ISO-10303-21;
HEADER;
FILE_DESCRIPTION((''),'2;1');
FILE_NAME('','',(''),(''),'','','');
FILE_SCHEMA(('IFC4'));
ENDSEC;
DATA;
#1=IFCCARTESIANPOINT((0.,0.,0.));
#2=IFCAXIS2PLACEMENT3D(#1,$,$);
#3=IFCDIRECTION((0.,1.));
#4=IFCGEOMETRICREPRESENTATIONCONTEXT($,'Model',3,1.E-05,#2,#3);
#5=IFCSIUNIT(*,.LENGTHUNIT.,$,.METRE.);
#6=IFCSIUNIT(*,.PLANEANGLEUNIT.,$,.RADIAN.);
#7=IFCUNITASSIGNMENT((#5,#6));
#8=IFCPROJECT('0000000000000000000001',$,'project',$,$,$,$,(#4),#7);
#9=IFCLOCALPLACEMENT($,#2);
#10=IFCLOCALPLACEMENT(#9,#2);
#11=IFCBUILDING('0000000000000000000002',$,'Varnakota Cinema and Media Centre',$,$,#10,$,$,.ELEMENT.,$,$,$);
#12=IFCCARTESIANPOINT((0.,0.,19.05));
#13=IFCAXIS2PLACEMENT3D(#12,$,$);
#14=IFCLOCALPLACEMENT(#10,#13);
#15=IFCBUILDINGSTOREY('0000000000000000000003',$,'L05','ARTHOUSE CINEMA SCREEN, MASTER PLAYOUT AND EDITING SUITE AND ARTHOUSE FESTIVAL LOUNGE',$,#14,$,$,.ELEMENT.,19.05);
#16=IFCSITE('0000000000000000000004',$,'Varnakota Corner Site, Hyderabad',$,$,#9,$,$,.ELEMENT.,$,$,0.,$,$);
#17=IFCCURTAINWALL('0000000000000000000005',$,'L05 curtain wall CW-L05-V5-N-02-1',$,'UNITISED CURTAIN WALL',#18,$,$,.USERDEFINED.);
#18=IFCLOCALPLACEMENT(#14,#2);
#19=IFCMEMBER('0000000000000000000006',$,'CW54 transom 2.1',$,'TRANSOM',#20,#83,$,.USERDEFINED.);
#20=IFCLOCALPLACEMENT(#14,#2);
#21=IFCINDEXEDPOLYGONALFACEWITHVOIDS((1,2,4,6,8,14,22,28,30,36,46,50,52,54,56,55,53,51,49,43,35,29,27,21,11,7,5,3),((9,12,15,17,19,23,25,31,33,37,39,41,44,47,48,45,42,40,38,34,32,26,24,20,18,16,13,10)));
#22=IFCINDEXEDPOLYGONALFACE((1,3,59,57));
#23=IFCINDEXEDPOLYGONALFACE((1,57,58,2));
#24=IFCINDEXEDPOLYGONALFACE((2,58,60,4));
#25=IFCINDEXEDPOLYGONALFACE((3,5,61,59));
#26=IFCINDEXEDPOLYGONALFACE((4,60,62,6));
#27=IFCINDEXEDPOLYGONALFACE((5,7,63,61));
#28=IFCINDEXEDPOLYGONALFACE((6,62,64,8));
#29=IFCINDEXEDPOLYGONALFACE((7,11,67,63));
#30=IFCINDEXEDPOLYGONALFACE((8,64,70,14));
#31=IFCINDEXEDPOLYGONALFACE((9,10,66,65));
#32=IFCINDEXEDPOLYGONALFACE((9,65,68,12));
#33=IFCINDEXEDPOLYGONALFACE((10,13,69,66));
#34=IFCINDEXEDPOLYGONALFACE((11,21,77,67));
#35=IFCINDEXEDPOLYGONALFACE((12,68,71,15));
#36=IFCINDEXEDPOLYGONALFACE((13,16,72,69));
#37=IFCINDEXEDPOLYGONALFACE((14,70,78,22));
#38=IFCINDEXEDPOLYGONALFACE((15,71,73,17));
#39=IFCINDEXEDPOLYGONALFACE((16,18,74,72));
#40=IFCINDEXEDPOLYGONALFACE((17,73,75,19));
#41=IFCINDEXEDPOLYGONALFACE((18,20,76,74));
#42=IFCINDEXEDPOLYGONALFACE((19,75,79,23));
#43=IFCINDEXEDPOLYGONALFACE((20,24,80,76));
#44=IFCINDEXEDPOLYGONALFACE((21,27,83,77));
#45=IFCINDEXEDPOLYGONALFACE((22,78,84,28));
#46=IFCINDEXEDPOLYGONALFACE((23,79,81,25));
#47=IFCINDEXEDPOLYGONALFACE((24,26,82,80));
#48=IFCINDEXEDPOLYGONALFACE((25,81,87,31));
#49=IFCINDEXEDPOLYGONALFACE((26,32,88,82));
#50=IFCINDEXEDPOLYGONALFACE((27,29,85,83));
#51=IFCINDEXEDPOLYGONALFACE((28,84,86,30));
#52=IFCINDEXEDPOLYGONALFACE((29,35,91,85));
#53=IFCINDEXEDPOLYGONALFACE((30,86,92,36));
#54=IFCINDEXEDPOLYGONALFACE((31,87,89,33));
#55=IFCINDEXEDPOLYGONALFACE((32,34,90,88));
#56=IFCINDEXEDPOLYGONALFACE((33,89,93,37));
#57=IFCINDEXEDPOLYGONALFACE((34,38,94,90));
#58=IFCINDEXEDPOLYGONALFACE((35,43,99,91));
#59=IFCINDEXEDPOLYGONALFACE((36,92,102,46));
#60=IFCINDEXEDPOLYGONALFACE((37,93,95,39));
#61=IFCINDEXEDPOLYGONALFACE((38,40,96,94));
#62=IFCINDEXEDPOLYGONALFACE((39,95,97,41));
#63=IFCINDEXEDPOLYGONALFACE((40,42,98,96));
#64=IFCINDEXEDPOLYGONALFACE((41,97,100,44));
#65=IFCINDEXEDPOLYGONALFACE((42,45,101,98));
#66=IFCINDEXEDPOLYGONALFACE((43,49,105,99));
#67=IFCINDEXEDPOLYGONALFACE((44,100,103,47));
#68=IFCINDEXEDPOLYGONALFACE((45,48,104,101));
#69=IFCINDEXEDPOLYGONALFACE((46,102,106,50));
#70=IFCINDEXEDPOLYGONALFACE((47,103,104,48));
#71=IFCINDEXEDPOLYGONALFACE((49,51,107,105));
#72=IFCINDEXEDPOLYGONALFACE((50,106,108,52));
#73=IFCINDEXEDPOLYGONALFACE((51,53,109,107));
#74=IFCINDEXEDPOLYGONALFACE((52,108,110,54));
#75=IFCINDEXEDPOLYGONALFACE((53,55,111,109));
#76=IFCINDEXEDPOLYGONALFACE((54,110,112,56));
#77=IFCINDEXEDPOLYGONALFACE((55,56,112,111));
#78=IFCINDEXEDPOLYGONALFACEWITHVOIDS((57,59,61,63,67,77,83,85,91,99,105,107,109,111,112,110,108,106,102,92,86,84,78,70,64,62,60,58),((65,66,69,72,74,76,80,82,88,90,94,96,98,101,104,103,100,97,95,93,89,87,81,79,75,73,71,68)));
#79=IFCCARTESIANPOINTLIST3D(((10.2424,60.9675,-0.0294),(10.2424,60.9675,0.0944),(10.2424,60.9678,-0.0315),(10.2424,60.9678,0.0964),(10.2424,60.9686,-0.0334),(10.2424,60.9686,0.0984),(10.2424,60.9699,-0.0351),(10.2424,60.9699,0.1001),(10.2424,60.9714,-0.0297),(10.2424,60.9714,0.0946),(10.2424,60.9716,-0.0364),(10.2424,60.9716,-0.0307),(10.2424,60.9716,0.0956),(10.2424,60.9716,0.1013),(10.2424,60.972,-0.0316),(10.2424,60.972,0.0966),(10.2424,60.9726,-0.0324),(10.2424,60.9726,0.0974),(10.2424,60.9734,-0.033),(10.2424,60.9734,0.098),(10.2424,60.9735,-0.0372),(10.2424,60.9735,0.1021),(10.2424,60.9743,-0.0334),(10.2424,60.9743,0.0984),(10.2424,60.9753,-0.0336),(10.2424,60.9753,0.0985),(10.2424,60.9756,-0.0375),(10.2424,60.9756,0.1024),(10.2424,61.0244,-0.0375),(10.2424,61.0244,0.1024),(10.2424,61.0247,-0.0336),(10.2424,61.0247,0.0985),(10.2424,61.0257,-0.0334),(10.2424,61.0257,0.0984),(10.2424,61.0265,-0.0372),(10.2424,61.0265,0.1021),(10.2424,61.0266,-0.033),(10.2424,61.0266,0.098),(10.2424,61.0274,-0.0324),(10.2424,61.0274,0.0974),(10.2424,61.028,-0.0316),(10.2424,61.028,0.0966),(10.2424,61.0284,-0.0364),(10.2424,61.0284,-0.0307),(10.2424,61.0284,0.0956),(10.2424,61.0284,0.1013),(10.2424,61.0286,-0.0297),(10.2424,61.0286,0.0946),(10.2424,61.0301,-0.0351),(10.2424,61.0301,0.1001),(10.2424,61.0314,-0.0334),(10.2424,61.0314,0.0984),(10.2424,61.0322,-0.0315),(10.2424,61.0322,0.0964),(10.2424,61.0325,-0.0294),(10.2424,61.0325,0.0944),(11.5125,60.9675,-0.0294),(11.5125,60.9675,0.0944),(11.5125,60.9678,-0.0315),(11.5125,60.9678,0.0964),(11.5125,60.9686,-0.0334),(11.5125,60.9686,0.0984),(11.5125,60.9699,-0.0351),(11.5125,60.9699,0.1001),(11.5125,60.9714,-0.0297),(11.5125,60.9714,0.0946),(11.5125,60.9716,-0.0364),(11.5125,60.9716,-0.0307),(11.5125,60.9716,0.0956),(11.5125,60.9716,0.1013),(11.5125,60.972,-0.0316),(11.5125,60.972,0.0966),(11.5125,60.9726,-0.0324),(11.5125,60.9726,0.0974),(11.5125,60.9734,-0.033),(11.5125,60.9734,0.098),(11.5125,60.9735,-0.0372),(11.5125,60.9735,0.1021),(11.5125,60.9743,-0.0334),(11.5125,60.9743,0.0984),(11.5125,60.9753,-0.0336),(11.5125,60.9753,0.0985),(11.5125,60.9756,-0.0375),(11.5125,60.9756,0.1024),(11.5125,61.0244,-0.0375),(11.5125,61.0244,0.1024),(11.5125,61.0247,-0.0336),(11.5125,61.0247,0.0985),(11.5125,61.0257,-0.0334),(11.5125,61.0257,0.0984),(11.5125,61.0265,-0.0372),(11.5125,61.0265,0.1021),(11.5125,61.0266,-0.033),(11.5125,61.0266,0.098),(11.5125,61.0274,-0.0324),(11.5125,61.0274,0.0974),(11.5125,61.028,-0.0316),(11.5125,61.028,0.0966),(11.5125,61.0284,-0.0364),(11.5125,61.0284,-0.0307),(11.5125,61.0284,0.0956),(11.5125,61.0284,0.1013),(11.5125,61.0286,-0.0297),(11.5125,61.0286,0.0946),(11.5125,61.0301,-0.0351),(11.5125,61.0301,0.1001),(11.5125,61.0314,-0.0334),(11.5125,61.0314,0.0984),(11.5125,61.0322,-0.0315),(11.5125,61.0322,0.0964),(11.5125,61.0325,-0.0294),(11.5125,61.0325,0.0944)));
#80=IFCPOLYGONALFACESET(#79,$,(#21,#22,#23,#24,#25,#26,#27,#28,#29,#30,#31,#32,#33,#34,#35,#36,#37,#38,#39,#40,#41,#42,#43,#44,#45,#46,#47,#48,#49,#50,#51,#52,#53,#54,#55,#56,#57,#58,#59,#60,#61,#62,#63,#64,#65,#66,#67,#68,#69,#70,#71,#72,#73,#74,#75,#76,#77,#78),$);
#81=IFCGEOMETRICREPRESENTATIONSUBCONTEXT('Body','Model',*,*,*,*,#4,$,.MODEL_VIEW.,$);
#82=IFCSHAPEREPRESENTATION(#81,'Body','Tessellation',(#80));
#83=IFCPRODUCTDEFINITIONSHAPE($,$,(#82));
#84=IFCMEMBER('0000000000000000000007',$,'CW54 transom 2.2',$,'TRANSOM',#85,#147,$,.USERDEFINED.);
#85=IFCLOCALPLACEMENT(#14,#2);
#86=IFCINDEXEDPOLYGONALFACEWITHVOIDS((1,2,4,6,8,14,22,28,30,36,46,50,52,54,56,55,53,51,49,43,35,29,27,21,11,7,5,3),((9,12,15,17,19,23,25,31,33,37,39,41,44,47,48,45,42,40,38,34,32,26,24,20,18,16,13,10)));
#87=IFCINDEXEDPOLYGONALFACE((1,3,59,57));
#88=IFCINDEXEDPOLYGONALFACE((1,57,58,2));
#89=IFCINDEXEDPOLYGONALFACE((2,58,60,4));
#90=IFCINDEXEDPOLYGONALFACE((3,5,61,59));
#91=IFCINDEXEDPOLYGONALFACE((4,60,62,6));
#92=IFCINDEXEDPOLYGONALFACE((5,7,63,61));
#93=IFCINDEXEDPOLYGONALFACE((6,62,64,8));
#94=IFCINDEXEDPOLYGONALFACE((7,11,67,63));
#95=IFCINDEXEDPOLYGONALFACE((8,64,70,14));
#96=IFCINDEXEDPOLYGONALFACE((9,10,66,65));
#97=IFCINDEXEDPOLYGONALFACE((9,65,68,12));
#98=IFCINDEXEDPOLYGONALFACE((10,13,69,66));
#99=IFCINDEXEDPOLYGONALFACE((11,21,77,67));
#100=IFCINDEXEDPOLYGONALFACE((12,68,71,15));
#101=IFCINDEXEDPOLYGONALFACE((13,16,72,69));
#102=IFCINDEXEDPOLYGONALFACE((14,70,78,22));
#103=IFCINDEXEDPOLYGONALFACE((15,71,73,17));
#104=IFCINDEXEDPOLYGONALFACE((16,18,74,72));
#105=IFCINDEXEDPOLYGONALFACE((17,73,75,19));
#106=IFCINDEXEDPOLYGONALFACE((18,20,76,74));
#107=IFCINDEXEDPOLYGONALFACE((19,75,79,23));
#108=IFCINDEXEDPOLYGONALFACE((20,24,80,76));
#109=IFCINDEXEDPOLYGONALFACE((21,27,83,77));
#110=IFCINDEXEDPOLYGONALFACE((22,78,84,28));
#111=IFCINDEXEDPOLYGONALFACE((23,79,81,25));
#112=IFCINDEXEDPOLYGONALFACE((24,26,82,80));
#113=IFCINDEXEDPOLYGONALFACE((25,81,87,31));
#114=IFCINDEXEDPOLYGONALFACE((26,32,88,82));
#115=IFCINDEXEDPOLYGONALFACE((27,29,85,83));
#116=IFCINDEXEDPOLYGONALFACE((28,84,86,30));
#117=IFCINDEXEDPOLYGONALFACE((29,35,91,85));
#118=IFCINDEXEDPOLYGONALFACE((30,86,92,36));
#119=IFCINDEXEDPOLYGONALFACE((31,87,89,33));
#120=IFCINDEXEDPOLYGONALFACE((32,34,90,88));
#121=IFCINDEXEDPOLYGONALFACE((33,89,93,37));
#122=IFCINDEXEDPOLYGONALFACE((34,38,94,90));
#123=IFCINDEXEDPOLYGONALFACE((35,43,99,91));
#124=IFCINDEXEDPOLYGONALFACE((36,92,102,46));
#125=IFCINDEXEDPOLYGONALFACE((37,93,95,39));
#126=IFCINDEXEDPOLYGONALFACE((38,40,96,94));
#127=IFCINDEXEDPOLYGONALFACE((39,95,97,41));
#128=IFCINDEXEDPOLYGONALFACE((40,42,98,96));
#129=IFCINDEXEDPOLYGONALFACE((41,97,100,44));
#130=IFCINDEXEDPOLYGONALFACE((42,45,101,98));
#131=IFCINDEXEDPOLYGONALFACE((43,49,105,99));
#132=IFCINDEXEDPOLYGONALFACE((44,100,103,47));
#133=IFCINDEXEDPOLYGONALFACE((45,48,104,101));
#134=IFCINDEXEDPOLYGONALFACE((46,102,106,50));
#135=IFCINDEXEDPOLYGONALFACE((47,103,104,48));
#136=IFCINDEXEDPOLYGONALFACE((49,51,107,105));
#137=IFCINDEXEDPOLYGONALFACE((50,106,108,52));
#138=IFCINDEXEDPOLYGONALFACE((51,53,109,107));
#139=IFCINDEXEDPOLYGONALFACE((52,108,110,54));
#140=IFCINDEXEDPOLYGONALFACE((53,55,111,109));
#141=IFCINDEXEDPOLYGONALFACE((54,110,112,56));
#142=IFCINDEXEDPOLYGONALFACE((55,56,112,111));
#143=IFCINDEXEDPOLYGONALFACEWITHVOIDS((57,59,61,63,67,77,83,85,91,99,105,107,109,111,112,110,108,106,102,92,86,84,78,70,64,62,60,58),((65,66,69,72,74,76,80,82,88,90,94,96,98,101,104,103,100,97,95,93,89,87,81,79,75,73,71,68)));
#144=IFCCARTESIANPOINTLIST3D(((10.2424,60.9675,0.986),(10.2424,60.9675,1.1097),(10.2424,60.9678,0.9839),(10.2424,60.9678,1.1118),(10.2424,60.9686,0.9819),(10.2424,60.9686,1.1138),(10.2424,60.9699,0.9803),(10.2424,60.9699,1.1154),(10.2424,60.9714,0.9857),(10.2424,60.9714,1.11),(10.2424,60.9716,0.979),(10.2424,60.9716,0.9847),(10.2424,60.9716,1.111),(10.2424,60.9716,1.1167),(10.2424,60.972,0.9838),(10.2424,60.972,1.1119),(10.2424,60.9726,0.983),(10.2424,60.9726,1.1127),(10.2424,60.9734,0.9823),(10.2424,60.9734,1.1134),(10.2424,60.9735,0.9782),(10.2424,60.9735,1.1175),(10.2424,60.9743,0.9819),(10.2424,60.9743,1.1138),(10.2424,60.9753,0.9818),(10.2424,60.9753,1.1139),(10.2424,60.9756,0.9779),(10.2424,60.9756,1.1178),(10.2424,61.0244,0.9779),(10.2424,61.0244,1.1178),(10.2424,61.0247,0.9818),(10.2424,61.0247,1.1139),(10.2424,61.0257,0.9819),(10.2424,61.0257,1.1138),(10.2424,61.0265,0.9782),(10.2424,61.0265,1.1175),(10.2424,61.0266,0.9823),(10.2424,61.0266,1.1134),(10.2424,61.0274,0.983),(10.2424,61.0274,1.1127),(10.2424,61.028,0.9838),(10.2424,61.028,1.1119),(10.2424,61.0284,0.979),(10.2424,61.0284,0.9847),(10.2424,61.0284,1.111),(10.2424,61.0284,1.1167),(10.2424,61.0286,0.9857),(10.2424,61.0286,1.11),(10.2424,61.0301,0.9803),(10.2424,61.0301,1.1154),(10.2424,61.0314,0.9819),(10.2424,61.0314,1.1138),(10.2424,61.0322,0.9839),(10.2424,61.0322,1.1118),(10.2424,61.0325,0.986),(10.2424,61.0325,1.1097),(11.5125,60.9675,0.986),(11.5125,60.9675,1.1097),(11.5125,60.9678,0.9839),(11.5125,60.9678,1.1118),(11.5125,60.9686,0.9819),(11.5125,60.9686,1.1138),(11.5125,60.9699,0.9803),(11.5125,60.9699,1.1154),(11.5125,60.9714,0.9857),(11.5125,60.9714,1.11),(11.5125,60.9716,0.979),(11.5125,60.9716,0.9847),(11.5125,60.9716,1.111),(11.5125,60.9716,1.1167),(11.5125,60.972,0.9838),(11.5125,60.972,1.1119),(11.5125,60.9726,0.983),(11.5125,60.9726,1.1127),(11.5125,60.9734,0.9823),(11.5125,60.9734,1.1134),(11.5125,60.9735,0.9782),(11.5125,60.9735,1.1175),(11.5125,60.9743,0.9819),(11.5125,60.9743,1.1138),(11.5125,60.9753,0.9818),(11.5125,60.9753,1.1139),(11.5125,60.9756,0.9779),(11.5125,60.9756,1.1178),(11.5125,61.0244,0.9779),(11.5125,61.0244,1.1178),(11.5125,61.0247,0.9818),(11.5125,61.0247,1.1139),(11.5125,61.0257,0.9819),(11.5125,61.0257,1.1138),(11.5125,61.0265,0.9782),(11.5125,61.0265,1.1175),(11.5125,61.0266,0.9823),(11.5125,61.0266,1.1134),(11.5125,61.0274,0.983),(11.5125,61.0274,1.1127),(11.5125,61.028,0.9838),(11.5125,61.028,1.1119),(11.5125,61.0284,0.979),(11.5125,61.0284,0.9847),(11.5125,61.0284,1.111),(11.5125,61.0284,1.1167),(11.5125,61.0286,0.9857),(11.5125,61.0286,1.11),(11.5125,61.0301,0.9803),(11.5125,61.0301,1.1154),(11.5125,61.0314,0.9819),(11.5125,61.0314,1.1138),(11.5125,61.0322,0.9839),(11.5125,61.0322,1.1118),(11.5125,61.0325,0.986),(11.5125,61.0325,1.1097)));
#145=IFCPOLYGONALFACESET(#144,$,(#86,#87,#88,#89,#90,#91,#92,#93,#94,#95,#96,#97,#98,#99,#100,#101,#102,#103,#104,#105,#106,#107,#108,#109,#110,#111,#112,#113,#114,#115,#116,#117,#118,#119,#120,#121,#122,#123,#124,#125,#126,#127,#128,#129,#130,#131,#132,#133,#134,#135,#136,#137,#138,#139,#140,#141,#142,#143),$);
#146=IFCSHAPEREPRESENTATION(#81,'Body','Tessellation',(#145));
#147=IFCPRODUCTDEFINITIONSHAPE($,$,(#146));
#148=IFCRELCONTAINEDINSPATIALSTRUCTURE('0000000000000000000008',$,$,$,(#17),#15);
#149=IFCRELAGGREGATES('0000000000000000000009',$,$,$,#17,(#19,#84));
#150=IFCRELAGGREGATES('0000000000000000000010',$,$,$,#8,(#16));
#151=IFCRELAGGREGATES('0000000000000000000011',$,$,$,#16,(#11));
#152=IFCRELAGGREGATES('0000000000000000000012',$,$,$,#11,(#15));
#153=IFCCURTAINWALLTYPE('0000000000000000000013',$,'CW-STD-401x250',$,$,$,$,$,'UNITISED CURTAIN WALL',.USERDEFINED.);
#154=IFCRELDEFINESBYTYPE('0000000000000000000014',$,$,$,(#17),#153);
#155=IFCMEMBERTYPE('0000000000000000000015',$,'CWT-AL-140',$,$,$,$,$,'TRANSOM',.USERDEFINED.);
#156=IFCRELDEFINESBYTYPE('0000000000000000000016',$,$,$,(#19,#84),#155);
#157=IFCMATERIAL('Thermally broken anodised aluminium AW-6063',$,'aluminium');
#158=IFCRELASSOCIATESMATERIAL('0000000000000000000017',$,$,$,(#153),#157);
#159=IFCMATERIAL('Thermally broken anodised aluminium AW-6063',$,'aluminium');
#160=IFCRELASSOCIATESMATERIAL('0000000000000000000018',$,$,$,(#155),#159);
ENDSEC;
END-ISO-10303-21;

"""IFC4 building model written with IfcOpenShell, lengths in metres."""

from ifc_helpers import new_model, si_unit, direction, frame, origin, origin_2d, place, context, subcontext, project, spatial, hollow_rectangle, extrude, material, material_profile, profile_set, type_object, element, aggregate, save


model = new_model("IFC4")

# Units and contexts
model_context = context("Model", 3, precision=1e-05, world=origin(), true_north=direction((0.0, 1.0)))
body_context = subcontext(model_context, "Body", "Model", "MODEL_VIEW")
ifc_project = project(units=[si_unit("LENGTHUNIT", "METRE"), si_unit("PLANEANGLEUNIT", "RADIAN")], contexts=[model_context])

# Site, building, storey
site_placement = place(None, origin())
site = spatial("IfcSite", under=ifc_project, at=site_placement, Name="Varnakota Corner Site, Hyderabad", CompositionType="ELEMENT", RefElevation=0.0)
building_placement = place(site_placement, origin())
building = spatial("IfcBuilding", under=site, at=building_placement, Name="Varnakota Cinema and Media Centre", CompositionType="ELEMENT")
storey_placement = place(building_placement, frame((0.0, 0.0, 19.05)))
storey = spatial("IfcBuildingStorey", under=building, at=storey_placement, Name="L05", Description="ARTHOUSE CINEMA SCREEN, MASTER PLAYOUT AND EDITING SUITE AND ARTHOUSE FESTIVAL LOUNGE", CompositionType="ELEMENT", Elevation=19.05)

# Curtain wall
ifc_material_1 = material(Name="Thermally broken anodised aluminium AW-6063", Category="aluminium")
curtain_wall_type = type_object("IfcCurtainWallType", Name="CW-STD-401x250", ElementType="UNITISED CURTAIN WALL", PredefinedType="USERDEFINED", material=ifc_material_1)
curtain_wall_1_placement = place(storey_placement, origin())
curtain_wall_1 = element("IfcCurtainWall", 1, at=curtain_wall_1_placement, inside=storey, type_object=curtain_wall_type, Name="L05 curtain wall CW-L05-V5-N-02-1", ObjectType="UNITISED CURTAIN WALL", PredefinedType="USERDEFINED")

# Members
ifc_material_2 = material(Name="Thermally broken anodised aluminium AW-6063", Category="aluminium")
ifc_material_profile_1 = material_profile(ifc_material_2, hollow_rectangle(XDim=0.0649, YDim=0.1399, WallThickness=0.0039, InnerFilletRadius=0.0039, OuterFilletRadius=0.0081, at=origin_2d()), Name="AL-TRANSOM 140x65x4")
ifc_profile_set_1 = profile_set([ifc_material_profile_1], Name="Thermally broken anodised aluminium AW-6063")
member_type_1 = type_object("IfcMemberType", Name="CWT-AL-140", ElementType="TRANSOM", PredefinedType="USERDEFINED", material=ifc_profile_set_1)
member_1_placement = place(storey_placement, frame((10.2424, 61.0, 0.0325), z_axis=(1.0, 0.0, 0.0), x_axis=(0.0, 1.0, 0.0)))
member_1 = element("IfcMember", 2, at=member_1_placement, type_object=member_type_1, Name="CW54 transom 2.1", ObjectType="TRANSOM", PredefinedType="USERDEFINED", context=body_context, shape_type="SweptSolid", body=[
    extrude(hollow_rectangle(XDim=0.0649, YDim=0.1399, WallThickness=0.0039, InnerFilletRadius=0.0039, OuterFilletRadius=0.0081, at=origin_2d()), origin(), (0.0, 0.0, 1.0), 1.27),
])
member_2_placement = place(storey_placement, frame((10.2424, 61.0, 1.0479), z_axis=(1.0, 0.0, 0.0), x_axis=(0.0, 1.0, 0.0)))
member_2 = element("IfcMember", 3, at=member_2_placement, type_object=member_type_1, Name="CW54 transom 2.2", ObjectType="TRANSOM", PredefinedType="USERDEFINED", context=body_context, shape_type="SweptSolid", body=[
    extrude(hollow_rectangle(XDim=0.0649, YDim=0.1399, WallThickness=0.0039, InnerFilletRadius=0.0039, OuterFilletRadius=0.0081, at=origin_2d()), origin(), (0.0, 0.0, 1.0), 1.27),
])

aggregate(curtain_wall_1, [member_1, member_2])

save(model, "model.ifc")
